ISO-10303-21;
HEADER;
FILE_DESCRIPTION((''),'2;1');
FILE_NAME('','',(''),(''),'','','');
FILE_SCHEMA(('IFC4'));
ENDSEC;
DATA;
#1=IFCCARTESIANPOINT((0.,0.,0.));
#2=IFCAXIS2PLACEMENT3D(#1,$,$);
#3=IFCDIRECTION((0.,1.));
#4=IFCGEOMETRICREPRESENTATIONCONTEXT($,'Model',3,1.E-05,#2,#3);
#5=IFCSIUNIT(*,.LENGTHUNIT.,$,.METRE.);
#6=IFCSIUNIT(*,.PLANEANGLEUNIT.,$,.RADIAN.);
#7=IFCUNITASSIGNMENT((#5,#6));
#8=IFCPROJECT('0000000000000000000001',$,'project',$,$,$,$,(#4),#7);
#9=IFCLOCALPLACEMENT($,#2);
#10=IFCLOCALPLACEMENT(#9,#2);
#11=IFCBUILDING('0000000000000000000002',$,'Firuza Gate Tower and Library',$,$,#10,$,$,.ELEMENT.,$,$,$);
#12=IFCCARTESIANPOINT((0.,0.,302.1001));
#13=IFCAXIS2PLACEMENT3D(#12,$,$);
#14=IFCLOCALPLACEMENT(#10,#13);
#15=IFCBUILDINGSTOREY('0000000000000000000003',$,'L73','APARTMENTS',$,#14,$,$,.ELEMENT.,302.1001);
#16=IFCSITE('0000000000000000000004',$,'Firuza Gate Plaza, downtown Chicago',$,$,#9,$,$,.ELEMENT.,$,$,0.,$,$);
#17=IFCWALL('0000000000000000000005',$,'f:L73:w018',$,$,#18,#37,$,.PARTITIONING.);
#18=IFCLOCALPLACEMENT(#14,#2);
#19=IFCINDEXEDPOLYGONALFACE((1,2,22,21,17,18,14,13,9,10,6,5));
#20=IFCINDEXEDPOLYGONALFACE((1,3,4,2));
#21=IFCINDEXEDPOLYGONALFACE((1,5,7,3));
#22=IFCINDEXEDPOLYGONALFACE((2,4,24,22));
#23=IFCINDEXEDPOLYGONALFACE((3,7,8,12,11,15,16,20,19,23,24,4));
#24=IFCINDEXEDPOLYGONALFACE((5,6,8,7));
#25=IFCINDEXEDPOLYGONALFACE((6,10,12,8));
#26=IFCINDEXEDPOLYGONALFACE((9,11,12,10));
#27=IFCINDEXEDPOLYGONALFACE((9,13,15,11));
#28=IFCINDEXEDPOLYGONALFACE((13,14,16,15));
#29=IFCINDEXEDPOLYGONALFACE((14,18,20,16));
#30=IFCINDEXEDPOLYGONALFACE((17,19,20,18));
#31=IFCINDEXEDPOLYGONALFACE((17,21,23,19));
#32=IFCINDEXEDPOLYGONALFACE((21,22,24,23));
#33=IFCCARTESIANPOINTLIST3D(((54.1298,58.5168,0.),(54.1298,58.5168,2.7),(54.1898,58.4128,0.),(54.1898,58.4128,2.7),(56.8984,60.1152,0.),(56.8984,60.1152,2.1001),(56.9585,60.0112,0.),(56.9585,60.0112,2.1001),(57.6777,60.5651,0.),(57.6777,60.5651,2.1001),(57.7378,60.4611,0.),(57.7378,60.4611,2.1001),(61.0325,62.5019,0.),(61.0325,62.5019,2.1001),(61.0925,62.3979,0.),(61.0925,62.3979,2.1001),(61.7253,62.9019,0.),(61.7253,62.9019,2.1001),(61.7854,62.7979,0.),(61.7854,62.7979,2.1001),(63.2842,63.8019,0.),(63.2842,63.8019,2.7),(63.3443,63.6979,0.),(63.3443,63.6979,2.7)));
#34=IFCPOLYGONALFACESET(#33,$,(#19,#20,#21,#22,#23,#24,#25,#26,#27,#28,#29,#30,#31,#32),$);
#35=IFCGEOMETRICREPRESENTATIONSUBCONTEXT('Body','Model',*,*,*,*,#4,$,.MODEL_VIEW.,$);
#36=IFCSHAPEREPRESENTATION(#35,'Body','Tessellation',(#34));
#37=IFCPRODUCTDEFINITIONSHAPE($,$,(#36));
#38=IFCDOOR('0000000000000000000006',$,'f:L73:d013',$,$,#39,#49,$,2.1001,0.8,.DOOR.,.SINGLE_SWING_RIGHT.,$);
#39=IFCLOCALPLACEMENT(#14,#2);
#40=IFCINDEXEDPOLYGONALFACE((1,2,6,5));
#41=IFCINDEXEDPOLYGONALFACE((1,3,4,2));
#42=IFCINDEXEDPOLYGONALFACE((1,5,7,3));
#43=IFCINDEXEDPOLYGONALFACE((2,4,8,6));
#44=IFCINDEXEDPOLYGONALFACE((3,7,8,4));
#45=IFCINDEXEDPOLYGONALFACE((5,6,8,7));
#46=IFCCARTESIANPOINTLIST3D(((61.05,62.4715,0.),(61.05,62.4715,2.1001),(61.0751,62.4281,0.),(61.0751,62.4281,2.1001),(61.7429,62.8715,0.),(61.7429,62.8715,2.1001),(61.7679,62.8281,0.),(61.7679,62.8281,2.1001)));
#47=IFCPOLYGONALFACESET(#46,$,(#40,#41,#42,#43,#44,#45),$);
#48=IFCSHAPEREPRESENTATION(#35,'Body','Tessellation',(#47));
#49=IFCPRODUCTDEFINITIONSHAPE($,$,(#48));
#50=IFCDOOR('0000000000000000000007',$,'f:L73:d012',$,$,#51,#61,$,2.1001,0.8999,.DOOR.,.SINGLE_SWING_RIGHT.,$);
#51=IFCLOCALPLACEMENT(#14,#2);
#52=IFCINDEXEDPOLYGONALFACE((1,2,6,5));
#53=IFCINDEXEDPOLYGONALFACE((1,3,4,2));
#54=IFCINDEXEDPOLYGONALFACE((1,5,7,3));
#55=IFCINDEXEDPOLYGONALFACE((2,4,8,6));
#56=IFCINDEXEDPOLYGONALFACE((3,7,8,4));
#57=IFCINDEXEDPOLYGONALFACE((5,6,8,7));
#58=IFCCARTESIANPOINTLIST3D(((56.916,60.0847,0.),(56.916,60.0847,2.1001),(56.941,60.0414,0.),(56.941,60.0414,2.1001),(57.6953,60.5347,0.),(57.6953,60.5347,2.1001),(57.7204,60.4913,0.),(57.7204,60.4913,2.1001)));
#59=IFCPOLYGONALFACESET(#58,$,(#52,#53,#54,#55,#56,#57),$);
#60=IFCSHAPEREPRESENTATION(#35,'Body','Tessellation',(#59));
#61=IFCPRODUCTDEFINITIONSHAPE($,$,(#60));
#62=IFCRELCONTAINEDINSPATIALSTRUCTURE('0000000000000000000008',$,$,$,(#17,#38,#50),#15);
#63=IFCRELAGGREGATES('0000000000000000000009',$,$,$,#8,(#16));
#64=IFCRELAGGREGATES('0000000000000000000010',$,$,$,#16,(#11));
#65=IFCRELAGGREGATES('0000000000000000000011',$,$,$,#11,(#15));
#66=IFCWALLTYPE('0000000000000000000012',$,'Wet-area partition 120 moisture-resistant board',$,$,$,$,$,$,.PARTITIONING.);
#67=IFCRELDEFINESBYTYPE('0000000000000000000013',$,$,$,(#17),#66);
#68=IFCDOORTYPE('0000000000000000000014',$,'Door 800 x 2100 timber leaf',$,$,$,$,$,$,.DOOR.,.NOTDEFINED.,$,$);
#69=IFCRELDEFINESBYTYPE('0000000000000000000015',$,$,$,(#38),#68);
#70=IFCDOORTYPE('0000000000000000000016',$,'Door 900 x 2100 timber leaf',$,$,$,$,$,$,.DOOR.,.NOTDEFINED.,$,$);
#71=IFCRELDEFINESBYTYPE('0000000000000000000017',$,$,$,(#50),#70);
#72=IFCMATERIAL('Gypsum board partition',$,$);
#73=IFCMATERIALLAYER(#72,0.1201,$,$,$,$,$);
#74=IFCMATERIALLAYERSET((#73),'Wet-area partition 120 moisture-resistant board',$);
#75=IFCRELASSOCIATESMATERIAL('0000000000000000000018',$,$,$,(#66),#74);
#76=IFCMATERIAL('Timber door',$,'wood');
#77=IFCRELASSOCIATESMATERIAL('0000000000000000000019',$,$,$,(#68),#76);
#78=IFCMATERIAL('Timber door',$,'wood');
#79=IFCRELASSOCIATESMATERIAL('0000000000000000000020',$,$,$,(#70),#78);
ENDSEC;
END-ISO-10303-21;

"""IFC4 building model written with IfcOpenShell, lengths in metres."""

from ifc_helpers import new_model, si_unit, direction, frame, frame_2d, origin, place, context, subcontext, project, spatial, rectangle, extrude, material, layer, layer_set, type_object, element, fill, save


model = new_model("IFC4")

# Units and contexts
model_context = context("Model", 3, precision=1e-05, world=origin(), true_north=direction((0.0, 1.0)))
body_context = subcontext(model_context, "Body", "Model", "MODEL_VIEW")
ifc_project = project(units=[si_unit("LENGTHUNIT", "METRE"), si_unit("PLANEANGLEUNIT", "RADIAN")], contexts=[model_context])

# Site, building, storey
site_placement = place(None, origin())
site = spatial("IfcSite", under=ifc_project, at=site_placement, Name="Firuza Gate Plaza, downtown Chicago", CompositionType="ELEMENT", RefElevation=0.0)
building_placement = place(site_placement, origin())
building = spatial("IfcBuilding", under=site, at=building_placement, Name="Firuza Gate Tower and Library", CompositionType="ELEMENT")
storey_placement = place(building_placement, frame((0.0, 0.0, 302.1001)))
storey = spatial("IfcBuildingStorey", under=building, at=storey_placement, Name="L73", Description="APARTMENTS", CompositionType="ELEMENT", Elevation=302.1001)

# Wall, openings, doors
ifc_material_1 = material(Name="Gypsum board partition")
ifc_layer_1 = layer(ifc_material_1, 0.1201)
ifc_layer_set_1 = layer_set([ifc_layer_1], Name="Wet-area partition 120 moisture-resistant board")
wall_type_1 = type_object("IfcWallType", Name="Wet-area partition 120 moisture-resistant board", PredefinedType="PARTITIONING", material=ifc_layer_set_1)
wall_1_placement = place(storey_placement, frame((54.1599, 58.4648, 0.0), z_axis=(0.0, 0.0, 1.0), x_axis=(0.866034, 0.499984, 0.0)))
wall_1 = element("IfcWall", 1, at=wall_1_placement, inside=storey, type_object=wall_type_1, Name="f:L73:w018", PredefinedType="PARTITIONING", context=body_context, shape_type="SweptSolid", body=[
    extrude(rectangle(XDim=10.5706, YDim=0.1201, at=frame_2d((5.2852, 0.0))), origin(), (0.0, 0.0, 1.0), 2.7),
])
opening_1_placement = place(wall_1_placement, frame((3.1968, 0.0, 0.0)))
opening_1 = element("IfcOpeningElement", 2, at=opening_1_placement, cuts=wall_1, PredefinedType="OPENING", context=body_context, shape_type="SweptSolid", body=[
    extrude(rectangle(XDim=0.8999, YDim=2.1001, at=frame_2d((0.45, 1.05))), frame((0.0, 0.0701, 0.0), z_axis=(0.0, -1.0, 0.0), x_axis=(1.0, 0.0, 0.0)), (0.0, 0.0, 1.0), 0.1401),
])
opening_2_placement = place(wall_1_placement, frame((7.9705, 0.0, 0.0)))
opening_2 = element("IfcOpeningElement", 3, at=opening_2_placement, cuts=wall_1, PredefinedType="OPENING", context=body_context, shape_type="SweptSolid", body=[
    extrude(rectangle(XDim=0.8, YDim=2.1001, at=frame_2d((0.3999, 1.05))), frame((0.0, 0.0701, 0.0), z_axis=(0.0, -1.0, 0.0), x_axis=(1.0, 0.0, 0.0)), (0.0, 0.0, 1.0), 0.1401),
])
ifc_material_2 = material(Name="Timber door", Category="wood")
door_type_1 = type_object("IfcDoorType", Name="Door 800 x 2100 timber leaf", OperationType="NOTDEFINED", PredefinedType="DOOR", material=ifc_material_2)
door_1_placement = place(opening_2_placement, origin())
door_1 = element("IfcDoor", 4, at=door_1_placement, inside=storey, type_object=door_type_1, Name="f:L73:d013", OperationType="SINGLE_SWING_RIGHT", OverallHeight=2.1001, OverallWidth=0.8, PredefinedType="DOOR", context=body_context, shape_type="SweptSolid", body=[
    extrude(rectangle(XDim=0.8, YDim=2.1001, at=frame_2d((0.3999, 1.05))), frame((0.0, 0.0249, 0.0), z_axis=(0.0, -1.0, 0.0), x_axis=(1.0, 0.0, 0.0)), (0.0, 0.0, 1.0), 0.05),
])
fill(opening_2, door_1)
ifc_material_3 = material(Name="Timber door", Category="wood")
door_type_2 = type_object("IfcDoorType", Name="Door 900 x 2100 timber leaf", OperationType="NOTDEFINED", PredefinedType="DOOR", material=ifc_material_3)
door_2_placement = place(opening_1_placement, origin())
door_2 = element("IfcDoor", 5, at=door_2_placement, inside=storey, type_object=door_type_2, Name="f:L73:d012", OperationType="SINGLE_SWING_RIGHT", OverallHeight=2.1001, OverallWidth=0.8999, PredefinedType="DOOR", context=body_context, shape_type="SweptSolid", body=[
    extrude(rectangle(XDim=0.8999, YDim=2.1001, at=frame_2d((0.45, 1.05))), frame((0.0, 0.0249, 0.0), z_axis=(0.0, -1.0, 0.0), x_axis=(1.0, 0.0, 0.0)), (0.0, 0.0, 1.0), 0.05),
])
fill(opening_1, door_2)

save(model, "model.ifc")
